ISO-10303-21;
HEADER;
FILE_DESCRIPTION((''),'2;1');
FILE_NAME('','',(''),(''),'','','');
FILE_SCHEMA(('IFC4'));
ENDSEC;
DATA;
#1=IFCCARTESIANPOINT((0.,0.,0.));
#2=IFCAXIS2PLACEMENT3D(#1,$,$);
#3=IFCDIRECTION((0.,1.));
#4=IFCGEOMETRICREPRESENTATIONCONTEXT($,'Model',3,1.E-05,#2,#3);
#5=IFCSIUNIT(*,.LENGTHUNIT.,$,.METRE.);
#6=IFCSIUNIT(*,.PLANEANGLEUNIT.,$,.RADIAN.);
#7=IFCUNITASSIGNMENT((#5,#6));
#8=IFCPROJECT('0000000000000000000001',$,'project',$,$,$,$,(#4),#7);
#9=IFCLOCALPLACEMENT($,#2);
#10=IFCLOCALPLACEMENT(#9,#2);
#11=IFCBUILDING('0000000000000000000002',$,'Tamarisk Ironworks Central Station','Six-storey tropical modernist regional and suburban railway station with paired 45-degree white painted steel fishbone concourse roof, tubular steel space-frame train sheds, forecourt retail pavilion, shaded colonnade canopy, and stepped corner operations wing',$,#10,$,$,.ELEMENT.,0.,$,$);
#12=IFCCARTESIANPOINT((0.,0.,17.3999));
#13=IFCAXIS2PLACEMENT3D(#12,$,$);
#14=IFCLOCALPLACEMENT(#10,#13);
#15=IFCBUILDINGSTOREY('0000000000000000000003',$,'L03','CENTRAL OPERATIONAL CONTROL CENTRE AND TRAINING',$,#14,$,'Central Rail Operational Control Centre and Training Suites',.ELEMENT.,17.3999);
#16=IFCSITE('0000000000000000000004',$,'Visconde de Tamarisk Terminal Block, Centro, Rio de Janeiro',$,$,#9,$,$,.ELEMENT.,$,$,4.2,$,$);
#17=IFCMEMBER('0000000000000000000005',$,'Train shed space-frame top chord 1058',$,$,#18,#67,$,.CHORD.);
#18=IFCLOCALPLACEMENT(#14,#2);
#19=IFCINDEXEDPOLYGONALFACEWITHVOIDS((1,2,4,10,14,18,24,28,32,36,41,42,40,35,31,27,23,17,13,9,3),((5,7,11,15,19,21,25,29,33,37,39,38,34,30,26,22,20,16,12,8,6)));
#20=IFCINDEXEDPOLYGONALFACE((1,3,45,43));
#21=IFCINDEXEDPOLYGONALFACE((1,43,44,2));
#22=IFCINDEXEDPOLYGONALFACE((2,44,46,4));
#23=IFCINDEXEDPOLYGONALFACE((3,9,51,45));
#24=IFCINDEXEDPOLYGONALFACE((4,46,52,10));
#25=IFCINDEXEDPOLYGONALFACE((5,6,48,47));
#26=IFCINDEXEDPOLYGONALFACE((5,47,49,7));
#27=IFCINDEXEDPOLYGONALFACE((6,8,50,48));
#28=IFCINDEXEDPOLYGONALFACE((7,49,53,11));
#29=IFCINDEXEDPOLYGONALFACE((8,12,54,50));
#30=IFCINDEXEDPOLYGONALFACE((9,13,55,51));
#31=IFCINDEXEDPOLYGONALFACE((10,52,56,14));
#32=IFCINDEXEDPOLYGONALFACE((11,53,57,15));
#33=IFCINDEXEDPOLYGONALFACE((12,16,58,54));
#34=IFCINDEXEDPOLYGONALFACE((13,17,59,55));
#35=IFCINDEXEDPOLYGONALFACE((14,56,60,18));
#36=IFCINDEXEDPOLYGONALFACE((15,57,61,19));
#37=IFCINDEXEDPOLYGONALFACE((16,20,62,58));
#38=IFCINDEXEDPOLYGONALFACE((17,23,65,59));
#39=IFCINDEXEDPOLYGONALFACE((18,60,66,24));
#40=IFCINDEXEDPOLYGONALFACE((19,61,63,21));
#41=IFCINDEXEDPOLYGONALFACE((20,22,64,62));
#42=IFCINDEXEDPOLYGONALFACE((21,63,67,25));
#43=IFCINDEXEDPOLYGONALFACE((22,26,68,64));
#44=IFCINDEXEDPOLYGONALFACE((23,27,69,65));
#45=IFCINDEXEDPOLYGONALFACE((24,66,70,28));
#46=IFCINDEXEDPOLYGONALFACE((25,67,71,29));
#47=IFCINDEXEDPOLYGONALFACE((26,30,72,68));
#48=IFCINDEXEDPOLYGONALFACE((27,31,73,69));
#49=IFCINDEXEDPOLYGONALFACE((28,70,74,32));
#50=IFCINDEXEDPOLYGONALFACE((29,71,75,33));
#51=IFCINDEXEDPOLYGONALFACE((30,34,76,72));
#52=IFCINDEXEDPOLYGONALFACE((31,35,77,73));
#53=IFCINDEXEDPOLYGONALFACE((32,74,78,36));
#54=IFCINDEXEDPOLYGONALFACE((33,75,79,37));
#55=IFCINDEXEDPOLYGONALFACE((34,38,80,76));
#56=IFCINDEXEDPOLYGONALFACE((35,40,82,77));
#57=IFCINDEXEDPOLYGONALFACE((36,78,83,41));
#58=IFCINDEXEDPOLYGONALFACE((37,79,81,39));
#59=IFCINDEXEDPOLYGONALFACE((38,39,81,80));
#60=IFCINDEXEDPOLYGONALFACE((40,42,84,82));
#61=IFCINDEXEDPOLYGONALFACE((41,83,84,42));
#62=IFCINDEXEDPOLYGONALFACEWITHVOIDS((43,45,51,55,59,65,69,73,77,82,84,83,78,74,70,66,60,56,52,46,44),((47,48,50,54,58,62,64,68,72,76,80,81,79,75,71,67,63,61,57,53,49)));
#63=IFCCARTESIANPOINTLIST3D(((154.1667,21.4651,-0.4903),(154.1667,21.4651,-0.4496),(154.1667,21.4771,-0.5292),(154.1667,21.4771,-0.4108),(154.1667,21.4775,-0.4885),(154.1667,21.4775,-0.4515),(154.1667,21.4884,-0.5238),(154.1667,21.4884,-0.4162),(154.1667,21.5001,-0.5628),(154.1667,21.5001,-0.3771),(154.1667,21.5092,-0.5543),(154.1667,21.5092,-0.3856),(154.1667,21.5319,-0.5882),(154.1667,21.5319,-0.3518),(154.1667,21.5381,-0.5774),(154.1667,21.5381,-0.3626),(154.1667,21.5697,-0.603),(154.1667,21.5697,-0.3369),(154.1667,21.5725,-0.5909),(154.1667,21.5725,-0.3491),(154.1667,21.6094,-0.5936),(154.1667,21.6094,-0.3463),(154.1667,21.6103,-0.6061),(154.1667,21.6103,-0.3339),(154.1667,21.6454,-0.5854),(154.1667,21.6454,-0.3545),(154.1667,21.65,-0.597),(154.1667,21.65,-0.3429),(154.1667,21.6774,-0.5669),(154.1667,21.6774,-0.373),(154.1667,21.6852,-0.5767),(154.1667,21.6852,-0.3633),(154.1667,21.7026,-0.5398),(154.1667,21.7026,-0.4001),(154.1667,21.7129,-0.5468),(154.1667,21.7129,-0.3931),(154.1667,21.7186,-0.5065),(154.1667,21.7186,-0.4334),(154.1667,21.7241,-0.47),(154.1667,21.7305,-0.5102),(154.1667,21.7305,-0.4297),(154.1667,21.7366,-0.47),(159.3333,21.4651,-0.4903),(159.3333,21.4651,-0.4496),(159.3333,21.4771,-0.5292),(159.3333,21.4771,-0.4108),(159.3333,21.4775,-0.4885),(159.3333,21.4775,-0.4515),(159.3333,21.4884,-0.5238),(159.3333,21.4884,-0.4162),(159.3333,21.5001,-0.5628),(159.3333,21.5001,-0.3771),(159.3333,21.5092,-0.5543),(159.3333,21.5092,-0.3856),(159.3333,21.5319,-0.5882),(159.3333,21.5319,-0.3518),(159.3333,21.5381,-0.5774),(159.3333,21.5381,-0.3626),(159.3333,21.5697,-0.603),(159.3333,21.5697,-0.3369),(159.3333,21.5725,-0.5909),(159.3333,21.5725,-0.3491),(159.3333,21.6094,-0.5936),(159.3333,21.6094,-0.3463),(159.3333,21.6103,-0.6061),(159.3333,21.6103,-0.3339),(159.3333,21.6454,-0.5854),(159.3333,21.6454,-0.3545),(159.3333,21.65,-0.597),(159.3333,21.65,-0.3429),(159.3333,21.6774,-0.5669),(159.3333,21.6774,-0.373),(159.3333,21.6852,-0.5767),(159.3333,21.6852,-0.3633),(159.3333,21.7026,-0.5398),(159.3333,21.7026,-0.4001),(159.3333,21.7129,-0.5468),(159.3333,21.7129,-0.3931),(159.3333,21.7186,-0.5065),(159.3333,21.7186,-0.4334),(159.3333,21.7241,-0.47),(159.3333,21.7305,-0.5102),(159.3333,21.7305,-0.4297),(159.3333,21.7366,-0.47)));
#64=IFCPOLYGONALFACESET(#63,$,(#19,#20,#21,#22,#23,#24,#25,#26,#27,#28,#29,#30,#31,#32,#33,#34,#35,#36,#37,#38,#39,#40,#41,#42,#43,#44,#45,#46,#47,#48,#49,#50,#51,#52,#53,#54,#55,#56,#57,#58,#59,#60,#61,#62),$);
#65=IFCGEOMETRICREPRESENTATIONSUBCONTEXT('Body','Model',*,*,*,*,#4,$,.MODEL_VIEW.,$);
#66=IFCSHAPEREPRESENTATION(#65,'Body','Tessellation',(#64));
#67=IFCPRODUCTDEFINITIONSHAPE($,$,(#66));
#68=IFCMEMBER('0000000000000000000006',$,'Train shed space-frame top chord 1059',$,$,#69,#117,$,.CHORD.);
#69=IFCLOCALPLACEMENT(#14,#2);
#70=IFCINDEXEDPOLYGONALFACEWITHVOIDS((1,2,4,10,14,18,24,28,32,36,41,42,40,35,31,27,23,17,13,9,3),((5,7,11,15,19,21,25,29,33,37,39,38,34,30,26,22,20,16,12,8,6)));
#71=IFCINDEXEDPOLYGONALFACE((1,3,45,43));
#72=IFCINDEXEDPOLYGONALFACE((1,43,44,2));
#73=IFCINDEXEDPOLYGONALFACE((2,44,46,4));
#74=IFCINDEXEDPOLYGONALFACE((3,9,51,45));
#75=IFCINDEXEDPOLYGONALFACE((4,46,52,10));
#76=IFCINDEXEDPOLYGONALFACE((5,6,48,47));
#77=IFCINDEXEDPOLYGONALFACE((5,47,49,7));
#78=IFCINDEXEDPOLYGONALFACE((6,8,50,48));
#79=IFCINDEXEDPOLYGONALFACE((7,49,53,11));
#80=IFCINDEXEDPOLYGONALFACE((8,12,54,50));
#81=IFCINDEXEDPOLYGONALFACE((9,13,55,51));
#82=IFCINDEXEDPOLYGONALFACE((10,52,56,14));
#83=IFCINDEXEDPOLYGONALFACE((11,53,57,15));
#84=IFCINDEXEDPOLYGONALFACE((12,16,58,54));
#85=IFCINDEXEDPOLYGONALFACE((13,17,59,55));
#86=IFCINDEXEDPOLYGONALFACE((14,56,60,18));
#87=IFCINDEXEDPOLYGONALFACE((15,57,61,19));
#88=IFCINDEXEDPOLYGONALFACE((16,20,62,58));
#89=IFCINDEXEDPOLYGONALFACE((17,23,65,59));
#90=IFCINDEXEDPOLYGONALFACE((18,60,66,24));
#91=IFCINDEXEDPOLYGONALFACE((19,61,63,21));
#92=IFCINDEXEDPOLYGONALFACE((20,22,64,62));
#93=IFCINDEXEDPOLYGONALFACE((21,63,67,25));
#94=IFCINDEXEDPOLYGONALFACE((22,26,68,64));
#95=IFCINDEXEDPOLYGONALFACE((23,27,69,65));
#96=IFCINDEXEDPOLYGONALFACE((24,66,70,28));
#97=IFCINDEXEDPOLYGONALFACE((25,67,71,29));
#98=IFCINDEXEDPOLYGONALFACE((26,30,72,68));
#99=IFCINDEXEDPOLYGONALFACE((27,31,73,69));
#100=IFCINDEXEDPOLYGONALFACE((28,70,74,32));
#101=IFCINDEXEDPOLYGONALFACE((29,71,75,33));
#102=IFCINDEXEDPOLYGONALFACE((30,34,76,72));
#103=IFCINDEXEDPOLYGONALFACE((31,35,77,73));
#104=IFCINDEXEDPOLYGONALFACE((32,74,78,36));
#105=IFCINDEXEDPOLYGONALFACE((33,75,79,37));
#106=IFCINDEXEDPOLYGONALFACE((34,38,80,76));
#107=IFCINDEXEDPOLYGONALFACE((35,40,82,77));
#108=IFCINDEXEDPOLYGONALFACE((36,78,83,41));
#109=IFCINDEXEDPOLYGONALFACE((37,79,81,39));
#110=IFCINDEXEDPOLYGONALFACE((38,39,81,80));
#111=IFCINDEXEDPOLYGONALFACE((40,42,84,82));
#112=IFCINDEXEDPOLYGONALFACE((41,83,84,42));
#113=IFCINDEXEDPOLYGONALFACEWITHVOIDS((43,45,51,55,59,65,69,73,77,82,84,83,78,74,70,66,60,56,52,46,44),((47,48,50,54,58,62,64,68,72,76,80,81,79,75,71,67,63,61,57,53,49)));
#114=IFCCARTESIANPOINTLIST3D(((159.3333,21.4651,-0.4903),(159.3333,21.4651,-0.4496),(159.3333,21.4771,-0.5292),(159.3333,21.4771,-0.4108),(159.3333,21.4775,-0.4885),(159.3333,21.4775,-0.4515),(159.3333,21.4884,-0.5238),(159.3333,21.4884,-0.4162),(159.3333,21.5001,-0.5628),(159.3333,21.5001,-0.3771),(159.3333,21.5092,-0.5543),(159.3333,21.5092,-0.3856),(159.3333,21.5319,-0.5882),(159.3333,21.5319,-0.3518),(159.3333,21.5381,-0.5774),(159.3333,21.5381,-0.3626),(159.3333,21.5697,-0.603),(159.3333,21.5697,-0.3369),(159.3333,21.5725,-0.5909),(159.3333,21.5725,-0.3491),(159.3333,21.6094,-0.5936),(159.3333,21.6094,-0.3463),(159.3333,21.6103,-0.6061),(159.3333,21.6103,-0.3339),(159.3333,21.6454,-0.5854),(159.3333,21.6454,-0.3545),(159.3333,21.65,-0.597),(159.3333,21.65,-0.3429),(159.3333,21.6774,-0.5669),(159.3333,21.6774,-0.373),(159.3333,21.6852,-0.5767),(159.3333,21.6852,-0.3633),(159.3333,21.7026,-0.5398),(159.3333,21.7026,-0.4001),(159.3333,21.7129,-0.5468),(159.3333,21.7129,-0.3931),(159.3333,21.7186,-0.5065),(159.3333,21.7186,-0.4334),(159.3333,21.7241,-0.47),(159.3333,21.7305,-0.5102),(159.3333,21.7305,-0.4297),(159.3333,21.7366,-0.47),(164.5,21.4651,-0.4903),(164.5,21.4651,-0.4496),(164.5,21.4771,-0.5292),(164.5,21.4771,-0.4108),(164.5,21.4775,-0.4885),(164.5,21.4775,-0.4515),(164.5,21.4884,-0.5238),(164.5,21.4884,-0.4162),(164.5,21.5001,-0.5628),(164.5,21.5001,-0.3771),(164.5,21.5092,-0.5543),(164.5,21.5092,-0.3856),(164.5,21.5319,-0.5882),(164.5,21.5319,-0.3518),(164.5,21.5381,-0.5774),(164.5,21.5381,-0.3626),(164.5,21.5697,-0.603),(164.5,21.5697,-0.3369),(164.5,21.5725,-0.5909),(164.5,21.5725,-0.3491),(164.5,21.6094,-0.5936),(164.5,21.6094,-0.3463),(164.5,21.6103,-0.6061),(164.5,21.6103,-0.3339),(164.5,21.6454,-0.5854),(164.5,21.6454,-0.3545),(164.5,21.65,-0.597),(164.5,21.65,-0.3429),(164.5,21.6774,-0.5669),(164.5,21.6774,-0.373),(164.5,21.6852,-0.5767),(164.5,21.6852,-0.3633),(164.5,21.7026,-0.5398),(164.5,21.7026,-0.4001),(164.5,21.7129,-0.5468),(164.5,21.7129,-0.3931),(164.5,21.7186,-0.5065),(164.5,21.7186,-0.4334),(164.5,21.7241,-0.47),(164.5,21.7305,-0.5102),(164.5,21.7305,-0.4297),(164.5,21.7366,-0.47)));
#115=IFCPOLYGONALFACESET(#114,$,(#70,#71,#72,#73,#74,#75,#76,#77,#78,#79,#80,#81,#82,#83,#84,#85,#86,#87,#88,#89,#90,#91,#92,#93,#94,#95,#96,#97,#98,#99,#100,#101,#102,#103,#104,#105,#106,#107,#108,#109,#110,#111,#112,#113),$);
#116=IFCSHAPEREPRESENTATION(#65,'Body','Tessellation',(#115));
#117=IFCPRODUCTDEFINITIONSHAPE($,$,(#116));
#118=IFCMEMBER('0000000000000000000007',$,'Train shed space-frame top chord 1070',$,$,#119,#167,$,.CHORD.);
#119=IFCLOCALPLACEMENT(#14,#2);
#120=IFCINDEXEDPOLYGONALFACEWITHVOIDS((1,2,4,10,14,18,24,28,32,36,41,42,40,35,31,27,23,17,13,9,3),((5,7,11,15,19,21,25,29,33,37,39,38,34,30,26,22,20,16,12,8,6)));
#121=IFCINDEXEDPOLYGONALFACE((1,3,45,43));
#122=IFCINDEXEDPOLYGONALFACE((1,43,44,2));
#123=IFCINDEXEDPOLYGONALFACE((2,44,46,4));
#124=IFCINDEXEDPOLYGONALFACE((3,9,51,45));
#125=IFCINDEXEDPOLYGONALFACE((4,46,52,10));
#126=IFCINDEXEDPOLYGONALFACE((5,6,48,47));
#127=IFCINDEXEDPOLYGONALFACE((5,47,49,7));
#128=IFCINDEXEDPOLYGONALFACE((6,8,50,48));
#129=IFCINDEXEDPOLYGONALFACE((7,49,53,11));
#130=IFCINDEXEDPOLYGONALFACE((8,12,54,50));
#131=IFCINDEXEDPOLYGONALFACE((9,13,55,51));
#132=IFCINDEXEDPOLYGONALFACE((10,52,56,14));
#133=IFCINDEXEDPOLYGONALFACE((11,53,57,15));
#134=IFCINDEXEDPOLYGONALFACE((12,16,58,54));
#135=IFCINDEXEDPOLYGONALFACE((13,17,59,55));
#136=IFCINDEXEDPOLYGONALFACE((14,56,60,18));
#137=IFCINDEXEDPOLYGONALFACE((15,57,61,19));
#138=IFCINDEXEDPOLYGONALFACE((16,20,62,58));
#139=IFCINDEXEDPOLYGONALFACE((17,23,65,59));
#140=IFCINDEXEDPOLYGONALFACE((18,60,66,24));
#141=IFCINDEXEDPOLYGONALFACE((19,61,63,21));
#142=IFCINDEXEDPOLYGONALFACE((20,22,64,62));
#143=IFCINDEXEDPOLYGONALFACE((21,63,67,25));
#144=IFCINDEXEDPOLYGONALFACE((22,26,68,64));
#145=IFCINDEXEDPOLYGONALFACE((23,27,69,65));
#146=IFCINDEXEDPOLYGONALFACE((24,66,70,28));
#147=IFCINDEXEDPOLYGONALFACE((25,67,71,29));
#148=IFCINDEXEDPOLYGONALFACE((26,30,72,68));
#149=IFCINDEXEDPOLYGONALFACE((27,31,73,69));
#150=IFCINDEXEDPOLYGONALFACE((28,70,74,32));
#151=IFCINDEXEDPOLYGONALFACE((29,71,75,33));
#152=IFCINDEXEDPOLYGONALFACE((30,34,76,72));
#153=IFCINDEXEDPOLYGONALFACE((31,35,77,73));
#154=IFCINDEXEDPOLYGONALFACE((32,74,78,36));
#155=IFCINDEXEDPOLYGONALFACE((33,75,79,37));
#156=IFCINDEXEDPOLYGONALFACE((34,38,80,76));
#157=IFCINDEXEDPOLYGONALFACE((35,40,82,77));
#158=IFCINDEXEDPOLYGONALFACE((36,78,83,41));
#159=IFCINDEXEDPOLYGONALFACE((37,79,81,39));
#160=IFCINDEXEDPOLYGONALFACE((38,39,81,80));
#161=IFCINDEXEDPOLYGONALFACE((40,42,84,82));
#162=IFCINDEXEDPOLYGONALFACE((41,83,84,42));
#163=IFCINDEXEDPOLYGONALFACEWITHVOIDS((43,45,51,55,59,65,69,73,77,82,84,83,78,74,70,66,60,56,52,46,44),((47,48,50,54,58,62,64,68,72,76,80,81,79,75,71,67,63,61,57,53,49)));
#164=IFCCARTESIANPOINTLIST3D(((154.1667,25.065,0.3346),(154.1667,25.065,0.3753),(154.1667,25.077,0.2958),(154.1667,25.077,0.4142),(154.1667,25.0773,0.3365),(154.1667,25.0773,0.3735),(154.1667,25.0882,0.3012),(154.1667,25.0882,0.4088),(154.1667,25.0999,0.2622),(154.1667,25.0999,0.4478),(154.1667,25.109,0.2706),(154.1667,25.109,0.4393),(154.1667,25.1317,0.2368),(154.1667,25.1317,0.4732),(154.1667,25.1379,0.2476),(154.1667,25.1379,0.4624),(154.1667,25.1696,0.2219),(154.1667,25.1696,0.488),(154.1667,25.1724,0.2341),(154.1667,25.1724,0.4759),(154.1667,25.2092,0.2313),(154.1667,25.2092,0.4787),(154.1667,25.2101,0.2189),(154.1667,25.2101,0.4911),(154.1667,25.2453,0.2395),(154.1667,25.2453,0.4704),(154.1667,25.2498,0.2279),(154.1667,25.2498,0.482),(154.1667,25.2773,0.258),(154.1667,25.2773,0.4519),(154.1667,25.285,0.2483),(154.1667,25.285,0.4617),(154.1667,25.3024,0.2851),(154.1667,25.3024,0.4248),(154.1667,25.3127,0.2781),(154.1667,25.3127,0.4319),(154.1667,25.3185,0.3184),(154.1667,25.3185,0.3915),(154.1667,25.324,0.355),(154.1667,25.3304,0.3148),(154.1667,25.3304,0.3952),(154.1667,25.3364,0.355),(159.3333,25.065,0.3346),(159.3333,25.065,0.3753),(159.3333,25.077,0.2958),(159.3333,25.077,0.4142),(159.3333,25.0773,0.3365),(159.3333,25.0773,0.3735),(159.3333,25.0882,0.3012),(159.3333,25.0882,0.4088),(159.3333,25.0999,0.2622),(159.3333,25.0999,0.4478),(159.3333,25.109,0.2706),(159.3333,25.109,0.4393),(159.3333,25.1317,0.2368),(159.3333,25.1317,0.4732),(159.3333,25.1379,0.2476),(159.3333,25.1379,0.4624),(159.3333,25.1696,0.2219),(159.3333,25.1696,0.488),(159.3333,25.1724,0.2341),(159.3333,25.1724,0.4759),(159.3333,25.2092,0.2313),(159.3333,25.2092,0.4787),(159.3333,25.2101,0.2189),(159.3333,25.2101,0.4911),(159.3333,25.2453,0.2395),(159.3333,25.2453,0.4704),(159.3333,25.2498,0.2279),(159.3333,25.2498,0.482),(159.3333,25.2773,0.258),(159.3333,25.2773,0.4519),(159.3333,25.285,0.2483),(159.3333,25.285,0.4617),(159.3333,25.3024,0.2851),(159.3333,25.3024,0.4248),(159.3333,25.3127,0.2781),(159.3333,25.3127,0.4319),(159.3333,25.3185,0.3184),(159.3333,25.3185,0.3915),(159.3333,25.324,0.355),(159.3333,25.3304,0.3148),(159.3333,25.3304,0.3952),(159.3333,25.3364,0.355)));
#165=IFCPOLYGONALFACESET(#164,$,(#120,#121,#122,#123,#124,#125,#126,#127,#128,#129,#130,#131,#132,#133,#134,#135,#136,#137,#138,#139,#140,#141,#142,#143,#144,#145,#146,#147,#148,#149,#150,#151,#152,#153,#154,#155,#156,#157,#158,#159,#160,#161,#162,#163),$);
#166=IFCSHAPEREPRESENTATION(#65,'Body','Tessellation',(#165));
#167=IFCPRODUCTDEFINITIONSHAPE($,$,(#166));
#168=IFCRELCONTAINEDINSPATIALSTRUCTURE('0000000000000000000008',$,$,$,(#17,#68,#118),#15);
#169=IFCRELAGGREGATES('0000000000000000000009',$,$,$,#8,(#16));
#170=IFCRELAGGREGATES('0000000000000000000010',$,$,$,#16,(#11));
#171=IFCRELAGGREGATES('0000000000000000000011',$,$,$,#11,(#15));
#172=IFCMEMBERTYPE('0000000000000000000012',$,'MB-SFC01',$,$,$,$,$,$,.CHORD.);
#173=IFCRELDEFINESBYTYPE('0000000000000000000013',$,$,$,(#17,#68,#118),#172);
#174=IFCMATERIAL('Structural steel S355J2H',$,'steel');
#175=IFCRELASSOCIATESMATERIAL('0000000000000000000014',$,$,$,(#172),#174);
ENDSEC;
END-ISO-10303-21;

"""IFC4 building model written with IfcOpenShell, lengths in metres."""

from ifc_helpers import new_model, si_unit, direction, frame, origin, origin_2d, place, context, subcontext, project, spatial, hollow_circle, extrude, material, material_profile, profile_set, type_object, element, save


model = new_model("IFC4")

# Units and contexts
model_context = context("Model", 3, precision=1e-05, world=origin(), true_north=direction((0.0, 1.0)))
body_context = subcontext(model_context, "Body", "Model", "MODEL_VIEW")
ifc_project = project(units=[si_unit("LENGTHUNIT", "METRE"), si_unit("PLANEANGLEUNIT", "RADIAN")], contexts=[model_context])

# Site, building, storey
site_placement = place(None, origin())
site = spatial("IfcSite", under=ifc_project, at=site_placement, Name="Visconde de Tamarisk Terminal Block, Centro, Rio de Janeiro", CompositionType="ELEMENT", RefElevation=4.2)
building_placement = place(site_placement, origin())
building = spatial("IfcBuilding", under=site, at=building_placement, Name="Tamarisk Ironworks Central Station", Description="Six-storey tropical modernist regional and suburban railway station with paired 45-degree white painted steel fishbone concourse roof, tubular steel space-frame train sheds, forecourt retail pavilion, shaded colonnade canopy, and stepped corner operations wing", CompositionType="ELEMENT", ElevationOfRefHeight=0.0)
storey_placement = place(building_placement, frame((0.0, 0.0, 17.3999)))
storey = spatial("IfcBuildingStorey", under=building, at=storey_placement, Name="L03", Description="CENTRAL OPERATIONAL CONTROL CENTRE AND TRAINING", LongName="Central Rail Operational Control Centre and Training Suites", CompositionType="ELEMENT", Elevation=17.3999)

# Members
ifc_material_1 = material(Name="Structural steel S355J2H", Category="steel")
ifc_material_profile_1 = material_profile(ifc_material_1, hollow_circle(Radius=0.1365, WallThickness=0.0125, at=origin_2d()), Name="CHS 273x12.5")
ifc_profile_set_1 = profile_set([ifc_material_profile_1], Name="Structural steel S355J2H")
member_type_1 = type_object("IfcMemberType", Name="MB-SFC01", PredefinedType="CHORD", material=ifc_profile_set_1)
member_1_placement = place(storey_placement, frame((154.1667, 21.6001, -0.47), z_axis=(1.0, 0.0, 0.0), x_axis=(0.0, 1.0, 0.0)))
element("IfcMember", 1, at=member_1_placement, inside=storey, type_object=member_type_1, Name="Train shed space-frame top chord 1058", PredefinedType="CHORD", context=body_context, shape_type="SweptSolid", body=[
    extrude(hollow_circle(Radius=0.1365, WallThickness=0.0125, at=origin_2d()), origin(), (0.0, 0.0, 1.0), 5.1665),
])
member_2_placement = place(storey_placement, frame((159.3333, 21.6001, -0.47), z_axis=(1.0, 0.0, 0.0), x_axis=(0.0, 1.0, 0.0)))
element("IfcMember", 2, at=member_2_placement, inside=storey, type_object=member_type_1, Name="Train shed space-frame top chord 1059", PredefinedType="CHORD", context=body_context, shape_type="SweptSolid", body=[
    extrude(hollow_circle(Radius=0.1365, WallThickness=0.0125, at=origin_2d()), origin(), (0.0, 0.0, 1.0), 5.1667),
])
member_3_placement = place(storey_placement, frame((154.1667, 25.2, 0.355), z_axis=(1.0, 0.0, 0.0), x_axis=(0.0, 1.0, 0.0)))
element("IfcMember", 3, at=member_3_placement, inside=storey, type_object=member_type_1, Name="Train shed space-frame top chord 1070", PredefinedType="CHORD", context=body_context, shape_type="SweptSolid", body=[
    extrude(hollow_circle(Radius=0.1365, WallThickness=0.0125, at=origin_2d()), origin(), (0.0, 0.0, 1.0), 5.1665),
])

save(model, "model.ifc")
